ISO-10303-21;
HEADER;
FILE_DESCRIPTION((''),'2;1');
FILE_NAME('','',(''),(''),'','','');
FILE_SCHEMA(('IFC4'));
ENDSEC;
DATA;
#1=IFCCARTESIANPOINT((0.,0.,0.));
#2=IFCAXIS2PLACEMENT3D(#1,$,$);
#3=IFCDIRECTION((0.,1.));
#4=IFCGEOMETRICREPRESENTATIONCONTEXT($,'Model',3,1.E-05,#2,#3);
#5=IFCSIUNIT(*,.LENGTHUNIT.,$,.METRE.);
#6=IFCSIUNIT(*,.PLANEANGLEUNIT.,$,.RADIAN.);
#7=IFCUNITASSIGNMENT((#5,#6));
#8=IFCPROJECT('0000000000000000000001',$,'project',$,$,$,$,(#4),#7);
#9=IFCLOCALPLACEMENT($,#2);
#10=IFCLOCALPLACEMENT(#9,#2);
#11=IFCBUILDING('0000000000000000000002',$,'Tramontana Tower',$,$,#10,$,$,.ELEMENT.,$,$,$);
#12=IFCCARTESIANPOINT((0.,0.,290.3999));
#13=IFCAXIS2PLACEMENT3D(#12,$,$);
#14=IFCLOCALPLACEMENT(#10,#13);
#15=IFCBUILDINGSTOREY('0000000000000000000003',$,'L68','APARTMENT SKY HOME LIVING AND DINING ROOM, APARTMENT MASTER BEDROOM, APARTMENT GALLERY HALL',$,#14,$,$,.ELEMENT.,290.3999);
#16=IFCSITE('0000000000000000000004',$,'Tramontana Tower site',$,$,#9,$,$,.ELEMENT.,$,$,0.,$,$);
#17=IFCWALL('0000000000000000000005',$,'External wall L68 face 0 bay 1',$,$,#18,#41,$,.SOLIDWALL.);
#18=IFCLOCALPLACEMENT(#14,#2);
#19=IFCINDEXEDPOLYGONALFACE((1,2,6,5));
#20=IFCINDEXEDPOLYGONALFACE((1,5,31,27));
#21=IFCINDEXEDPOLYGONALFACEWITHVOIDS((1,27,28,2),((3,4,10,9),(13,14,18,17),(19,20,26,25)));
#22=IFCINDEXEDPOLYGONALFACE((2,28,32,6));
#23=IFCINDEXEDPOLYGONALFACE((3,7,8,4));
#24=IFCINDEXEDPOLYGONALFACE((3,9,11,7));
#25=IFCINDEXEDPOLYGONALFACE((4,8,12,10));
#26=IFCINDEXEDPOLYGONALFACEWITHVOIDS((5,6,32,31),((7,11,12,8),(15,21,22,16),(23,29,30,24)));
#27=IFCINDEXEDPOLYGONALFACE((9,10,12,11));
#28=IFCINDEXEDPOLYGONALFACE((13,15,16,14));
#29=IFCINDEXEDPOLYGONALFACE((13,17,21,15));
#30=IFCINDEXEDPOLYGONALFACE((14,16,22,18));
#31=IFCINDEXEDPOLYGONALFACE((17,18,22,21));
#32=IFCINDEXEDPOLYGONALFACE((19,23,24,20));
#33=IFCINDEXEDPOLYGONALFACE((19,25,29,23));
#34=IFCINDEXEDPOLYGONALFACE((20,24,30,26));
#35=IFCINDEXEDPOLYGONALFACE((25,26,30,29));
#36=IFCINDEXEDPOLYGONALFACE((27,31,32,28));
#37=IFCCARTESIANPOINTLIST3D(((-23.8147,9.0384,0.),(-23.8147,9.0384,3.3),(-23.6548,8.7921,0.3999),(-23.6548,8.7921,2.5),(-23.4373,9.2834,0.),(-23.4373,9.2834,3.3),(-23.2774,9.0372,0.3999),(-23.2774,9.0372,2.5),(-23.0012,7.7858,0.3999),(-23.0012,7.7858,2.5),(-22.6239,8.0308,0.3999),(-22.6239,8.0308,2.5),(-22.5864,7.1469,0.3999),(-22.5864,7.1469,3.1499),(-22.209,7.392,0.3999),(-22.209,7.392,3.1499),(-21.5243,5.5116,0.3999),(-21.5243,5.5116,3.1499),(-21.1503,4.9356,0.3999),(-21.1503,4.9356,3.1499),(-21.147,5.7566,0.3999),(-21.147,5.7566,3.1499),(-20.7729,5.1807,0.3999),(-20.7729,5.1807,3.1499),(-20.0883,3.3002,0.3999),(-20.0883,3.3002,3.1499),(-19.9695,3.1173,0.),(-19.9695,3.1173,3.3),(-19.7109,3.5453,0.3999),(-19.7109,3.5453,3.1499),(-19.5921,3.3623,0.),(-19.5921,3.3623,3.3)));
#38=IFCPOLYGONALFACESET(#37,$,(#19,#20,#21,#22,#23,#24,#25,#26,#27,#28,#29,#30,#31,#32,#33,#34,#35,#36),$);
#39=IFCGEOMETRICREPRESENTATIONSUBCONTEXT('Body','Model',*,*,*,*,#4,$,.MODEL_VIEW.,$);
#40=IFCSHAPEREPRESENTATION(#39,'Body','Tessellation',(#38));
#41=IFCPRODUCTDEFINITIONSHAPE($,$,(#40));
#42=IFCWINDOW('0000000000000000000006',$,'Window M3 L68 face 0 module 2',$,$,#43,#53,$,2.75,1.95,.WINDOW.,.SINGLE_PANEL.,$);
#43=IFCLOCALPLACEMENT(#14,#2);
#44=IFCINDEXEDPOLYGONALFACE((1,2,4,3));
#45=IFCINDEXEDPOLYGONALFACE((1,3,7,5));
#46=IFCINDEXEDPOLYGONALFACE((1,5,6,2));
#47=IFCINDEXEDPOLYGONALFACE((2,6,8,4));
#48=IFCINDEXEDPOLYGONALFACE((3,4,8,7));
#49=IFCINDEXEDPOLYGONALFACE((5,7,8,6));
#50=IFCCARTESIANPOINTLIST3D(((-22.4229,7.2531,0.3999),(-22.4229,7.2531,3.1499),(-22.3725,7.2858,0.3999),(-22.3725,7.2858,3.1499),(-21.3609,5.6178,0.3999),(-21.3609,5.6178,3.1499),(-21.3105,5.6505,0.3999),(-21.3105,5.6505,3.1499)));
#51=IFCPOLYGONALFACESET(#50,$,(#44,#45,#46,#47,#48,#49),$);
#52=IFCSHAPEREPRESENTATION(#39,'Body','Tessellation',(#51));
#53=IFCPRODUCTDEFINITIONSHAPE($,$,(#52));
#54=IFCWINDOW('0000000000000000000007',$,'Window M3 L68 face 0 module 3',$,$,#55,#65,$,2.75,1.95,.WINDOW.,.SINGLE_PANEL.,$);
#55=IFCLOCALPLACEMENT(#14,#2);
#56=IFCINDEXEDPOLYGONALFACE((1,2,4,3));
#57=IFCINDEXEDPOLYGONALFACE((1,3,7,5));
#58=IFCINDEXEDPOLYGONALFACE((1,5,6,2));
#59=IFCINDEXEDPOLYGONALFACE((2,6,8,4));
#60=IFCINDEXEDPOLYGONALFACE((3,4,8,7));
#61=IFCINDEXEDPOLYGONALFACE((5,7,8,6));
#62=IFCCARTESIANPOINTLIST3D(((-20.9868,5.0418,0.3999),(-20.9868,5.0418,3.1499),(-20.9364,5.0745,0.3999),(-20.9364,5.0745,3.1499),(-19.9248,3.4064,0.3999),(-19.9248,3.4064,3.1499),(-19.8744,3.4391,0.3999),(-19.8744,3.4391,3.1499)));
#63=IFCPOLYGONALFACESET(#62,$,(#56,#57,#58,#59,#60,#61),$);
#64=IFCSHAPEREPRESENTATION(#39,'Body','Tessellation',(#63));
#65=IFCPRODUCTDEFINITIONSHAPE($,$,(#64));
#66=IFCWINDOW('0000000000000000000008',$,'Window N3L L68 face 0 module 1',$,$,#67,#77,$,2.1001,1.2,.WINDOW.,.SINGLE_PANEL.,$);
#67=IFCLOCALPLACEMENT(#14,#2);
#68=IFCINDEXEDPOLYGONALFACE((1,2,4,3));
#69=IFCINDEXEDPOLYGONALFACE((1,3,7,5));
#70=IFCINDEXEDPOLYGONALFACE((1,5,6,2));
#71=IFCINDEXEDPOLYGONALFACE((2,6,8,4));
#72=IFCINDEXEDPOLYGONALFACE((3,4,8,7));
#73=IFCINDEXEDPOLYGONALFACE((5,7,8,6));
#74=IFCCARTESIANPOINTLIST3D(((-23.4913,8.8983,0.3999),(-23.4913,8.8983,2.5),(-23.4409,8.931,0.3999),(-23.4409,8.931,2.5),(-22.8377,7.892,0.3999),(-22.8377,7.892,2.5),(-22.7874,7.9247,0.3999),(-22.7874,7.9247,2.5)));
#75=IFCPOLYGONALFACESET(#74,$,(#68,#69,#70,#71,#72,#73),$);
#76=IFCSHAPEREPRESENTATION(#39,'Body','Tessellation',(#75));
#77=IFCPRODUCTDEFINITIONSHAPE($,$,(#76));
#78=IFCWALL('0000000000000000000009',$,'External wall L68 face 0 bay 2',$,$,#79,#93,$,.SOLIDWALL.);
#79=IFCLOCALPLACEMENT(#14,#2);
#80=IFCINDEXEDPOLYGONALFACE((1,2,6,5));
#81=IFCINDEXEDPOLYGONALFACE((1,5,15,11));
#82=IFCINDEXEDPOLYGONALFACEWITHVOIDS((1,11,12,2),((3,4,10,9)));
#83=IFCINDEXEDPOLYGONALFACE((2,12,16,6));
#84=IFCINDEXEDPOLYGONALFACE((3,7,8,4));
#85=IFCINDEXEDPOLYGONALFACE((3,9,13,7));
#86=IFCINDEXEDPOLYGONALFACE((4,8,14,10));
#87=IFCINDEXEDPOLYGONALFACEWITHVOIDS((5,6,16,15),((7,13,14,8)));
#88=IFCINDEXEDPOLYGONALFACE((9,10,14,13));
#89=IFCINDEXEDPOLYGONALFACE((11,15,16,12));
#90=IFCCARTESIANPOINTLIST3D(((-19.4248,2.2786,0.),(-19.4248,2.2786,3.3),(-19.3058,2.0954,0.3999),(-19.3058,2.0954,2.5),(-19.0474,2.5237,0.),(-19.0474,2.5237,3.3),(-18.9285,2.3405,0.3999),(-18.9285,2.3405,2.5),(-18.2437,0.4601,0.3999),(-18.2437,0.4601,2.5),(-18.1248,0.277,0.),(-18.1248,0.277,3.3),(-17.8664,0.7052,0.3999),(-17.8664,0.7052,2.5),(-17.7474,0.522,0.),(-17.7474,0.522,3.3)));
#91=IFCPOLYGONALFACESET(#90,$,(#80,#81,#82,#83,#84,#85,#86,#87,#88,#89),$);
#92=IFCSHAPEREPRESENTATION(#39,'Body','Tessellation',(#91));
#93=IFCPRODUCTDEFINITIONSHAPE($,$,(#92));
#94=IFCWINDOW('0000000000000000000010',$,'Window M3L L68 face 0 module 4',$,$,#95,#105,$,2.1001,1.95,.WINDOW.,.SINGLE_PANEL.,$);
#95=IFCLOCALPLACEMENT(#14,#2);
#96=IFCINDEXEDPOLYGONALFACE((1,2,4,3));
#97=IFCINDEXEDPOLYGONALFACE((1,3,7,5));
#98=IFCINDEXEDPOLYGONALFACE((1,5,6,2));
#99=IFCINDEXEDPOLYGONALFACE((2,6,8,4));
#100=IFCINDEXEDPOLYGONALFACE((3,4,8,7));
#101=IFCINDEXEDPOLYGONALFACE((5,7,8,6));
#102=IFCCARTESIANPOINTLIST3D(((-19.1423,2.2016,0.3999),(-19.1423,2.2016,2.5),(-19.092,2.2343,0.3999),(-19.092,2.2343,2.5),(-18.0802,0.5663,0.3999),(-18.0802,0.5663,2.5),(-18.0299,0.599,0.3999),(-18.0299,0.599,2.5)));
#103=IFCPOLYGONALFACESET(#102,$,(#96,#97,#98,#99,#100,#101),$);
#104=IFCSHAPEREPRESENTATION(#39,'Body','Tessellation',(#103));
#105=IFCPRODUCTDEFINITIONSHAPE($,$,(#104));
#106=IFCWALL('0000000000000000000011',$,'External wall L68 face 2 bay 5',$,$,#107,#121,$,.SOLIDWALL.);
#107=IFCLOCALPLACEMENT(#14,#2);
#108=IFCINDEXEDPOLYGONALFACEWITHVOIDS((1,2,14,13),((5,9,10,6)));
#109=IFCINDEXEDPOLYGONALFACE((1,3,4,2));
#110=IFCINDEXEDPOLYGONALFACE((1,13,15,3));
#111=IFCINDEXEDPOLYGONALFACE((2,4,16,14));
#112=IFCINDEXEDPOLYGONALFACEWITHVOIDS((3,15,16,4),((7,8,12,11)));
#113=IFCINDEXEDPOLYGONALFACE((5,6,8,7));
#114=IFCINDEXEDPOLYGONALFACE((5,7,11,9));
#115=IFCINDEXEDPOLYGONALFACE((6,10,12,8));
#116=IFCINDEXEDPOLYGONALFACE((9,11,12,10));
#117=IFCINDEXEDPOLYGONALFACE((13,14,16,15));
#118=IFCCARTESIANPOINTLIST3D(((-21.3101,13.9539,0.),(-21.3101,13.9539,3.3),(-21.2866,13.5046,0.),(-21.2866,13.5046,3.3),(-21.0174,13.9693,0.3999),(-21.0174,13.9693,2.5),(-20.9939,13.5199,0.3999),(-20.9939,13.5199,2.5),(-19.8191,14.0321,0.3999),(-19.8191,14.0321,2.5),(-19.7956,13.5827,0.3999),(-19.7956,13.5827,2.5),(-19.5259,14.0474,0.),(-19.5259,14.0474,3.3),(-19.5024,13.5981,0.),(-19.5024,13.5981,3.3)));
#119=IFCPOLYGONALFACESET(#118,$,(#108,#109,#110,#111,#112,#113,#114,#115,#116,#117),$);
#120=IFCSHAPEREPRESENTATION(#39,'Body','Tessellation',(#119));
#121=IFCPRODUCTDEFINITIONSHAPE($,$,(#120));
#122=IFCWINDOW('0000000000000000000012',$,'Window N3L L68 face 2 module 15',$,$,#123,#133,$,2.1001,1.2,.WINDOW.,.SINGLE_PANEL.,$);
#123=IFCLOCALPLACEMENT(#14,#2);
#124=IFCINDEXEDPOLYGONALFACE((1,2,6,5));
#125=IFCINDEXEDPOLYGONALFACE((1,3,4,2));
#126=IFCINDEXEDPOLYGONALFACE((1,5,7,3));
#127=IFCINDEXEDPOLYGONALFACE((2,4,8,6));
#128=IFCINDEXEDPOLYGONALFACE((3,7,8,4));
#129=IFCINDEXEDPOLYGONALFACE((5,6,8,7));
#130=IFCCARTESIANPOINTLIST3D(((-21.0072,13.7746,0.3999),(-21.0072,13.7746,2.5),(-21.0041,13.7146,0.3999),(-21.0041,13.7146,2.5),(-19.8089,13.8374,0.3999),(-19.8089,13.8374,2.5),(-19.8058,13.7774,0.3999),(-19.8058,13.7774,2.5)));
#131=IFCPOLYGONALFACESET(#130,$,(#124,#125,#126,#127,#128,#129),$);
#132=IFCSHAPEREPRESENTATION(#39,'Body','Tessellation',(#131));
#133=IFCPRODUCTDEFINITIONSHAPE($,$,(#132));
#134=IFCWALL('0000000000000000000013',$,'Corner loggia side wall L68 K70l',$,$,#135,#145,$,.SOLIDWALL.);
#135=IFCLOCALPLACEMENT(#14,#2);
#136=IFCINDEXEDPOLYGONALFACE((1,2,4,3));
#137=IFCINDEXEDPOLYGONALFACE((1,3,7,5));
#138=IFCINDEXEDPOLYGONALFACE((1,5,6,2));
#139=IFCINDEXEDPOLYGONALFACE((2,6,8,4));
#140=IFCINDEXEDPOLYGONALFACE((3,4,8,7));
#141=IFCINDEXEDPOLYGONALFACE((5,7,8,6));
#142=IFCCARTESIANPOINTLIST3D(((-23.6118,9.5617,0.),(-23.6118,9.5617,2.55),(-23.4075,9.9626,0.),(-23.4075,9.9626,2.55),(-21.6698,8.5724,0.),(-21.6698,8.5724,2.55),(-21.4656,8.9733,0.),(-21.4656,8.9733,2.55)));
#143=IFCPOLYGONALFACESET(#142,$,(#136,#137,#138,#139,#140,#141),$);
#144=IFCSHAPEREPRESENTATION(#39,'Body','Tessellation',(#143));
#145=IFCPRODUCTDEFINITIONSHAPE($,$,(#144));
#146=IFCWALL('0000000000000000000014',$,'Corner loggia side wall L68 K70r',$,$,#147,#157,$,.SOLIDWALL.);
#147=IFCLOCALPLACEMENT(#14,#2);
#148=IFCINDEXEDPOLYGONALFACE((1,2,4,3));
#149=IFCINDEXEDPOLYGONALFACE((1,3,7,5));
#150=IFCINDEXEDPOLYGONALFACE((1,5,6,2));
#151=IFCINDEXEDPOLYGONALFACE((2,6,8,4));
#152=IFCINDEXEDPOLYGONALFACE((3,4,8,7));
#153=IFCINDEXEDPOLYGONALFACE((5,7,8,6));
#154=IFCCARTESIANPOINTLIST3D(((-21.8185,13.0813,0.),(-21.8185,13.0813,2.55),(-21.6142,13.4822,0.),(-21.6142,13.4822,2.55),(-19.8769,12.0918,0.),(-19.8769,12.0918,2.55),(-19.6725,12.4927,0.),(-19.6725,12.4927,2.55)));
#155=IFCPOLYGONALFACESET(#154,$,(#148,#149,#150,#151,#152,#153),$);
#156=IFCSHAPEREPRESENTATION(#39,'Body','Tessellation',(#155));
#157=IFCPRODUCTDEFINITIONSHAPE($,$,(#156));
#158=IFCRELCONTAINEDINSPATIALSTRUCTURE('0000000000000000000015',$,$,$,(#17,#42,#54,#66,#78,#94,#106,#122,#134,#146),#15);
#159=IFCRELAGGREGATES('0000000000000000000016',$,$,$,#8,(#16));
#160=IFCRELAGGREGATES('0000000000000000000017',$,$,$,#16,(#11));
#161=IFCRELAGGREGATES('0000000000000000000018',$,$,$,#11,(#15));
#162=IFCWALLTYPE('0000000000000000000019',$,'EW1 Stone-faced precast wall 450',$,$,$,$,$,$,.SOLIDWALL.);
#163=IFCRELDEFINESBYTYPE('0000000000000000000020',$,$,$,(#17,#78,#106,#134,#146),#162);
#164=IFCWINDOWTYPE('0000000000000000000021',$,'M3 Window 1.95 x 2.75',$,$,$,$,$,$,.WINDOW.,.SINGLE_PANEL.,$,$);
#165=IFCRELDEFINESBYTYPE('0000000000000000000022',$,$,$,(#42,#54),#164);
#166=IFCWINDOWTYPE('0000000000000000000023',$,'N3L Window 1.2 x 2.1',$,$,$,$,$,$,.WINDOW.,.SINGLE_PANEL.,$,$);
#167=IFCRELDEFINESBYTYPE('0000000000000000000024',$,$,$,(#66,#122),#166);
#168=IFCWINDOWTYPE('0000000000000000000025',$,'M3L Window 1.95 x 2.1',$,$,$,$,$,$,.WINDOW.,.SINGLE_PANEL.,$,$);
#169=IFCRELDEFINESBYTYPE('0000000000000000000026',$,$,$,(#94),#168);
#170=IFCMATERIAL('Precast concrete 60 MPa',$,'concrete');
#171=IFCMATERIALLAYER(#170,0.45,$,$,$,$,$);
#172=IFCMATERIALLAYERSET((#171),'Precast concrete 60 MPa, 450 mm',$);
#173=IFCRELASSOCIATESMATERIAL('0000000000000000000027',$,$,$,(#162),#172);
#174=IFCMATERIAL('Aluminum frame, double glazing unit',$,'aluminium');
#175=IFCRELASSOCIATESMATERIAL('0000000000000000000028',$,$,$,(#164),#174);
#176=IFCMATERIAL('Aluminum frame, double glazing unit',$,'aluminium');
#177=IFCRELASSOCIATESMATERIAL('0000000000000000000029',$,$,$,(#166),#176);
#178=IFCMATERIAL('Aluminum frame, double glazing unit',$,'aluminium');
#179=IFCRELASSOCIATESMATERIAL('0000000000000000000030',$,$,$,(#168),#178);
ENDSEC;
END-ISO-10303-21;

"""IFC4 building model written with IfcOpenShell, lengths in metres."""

from ifc_helpers import new_model, si_unit, direction, frame, frame_2d, origin, place, context, subcontext, project, spatial, rectangle, extrude, material, layer, layer_set, type_object, element, fill, save


model = new_model("IFC4")

# Units and contexts
model_context = context("Model", 3, precision=1e-05, world=origin(), true_north=direction((0.0, 1.0)))
body_context = subcontext(model_context, "Body", "Model", "MODEL_VIEW")
ifc_project = project(units=[si_unit("LENGTHUNIT", "METRE"), si_unit("PLANEANGLEUNIT", "RADIAN")], contexts=[model_context])

# Site, building, storey
site_placement = place(None, origin())
site = spatial("IfcSite", under=ifc_project, at=site_placement, Name="Tramontana Tower site", CompositionType="ELEMENT", RefElevation=0.0)
building_placement = place(site_placement, origin())
building = spatial("IfcBuilding", under=site, at=building_placement, Name="Tramontana Tower", CompositionType="ELEMENT")
storey_placement = place(building_placement, frame((0.0, 0.0, 290.3999)))
storey = spatial("IfcBuildingStorey", under=building, at=storey_placement, Name="L68", Description="APARTMENT SKY HOME LIVING AND DINING ROOM, APARTMENT MASTER BEDROOM, APARTMENT GALLERY HALL", CompositionType="ELEMENT", Elevation=290.3999)

# Wall, openings, windows
ifc_material_1 = material(Name="Precast concrete 60 MPa", Category="concrete")
ifc_layer_1 = layer(ifc_material_1, 0.45)
ifc_layer_set_1 = layer_set([ifc_layer_1], Name="Precast concrete 60 MPa, 450 mm")
wall_type_1 = type_object("IfcWallType", Name="EW1 Stone-faced precast wall 450", PredefinedType="SOLIDWALL", material=ifc_layer_set_1)
wall_1_placement = place(storey_placement, frame((-23.626, 9.1609, 0.0), z_axis=(0.0, 0.0, 1.0), x_axis=(0.544637, -0.838672, 0.0)))
wall_1 = element("IfcWall", 1, at=wall_1_placement, inside=storey, type_object=wall_type_1, Name="External wall L68 face 0 bay 1", PredefinedType="SOLIDWALL", context=body_context, shape_type="SweptSolid", body=[
    extrude(rectangle(XDim=7.0601, YDim=0.45, at=frame_2d((3.53, 0.0))), origin(), (0.0, 0.0, 1.0), 3.3),
])
opening_1_placement = place(wall_1_placement, frame((0.2935, 0.0, 0.3999)))
opening_1 = element("IfcOpeningElement", 2, at=opening_1_placement, cuts=wall_1, PredefinedType="OPENING", context=body_context, shape_type="SweptSolid", body=[
    extrude(rectangle(XDim=1.2, YDim=2.1001, at=frame_2d((0.6001, 1.05))), frame((0.0, 0.2349, 0.0), z_axis=(0.0, -1.0, 0.0), x_axis=(1.0, 0.0, 0.0)), (0.0, 0.0, 1.0), 0.47),
])
opening_2_placement = place(wall_1_placement, frame((2.2551, 0.0, 0.3999)))
opening_2 = element("IfcOpeningElement", 3, at=opening_2_placement, cuts=wall_1, PredefinedType="OPENING", context=body_context, shape_type="SweptSolid", body=[
    extrude(rectangle(XDim=1.95, YDim=2.75, at=frame_2d((0.9751, 1.375))), frame((0.0, 0.2349, 0.0), z_axis=(0.0, -1.0, 0.0), x_axis=(1.0, 0.0, 0.0)), (0.0, 0.0, 1.0), 0.47),
])
opening_3_placement = place(wall_1_placement, frame((4.8918, 0.0, 0.3999)))
opening_3 = element("IfcOpeningElement", 4, at=opening_3_placement, cuts=wall_1, PredefinedType="OPENING", context=body_context, shape_type="SweptSolid", body=[
    extrude(rectangle(XDim=1.95, YDim=2.75, at=frame_2d((0.9751, 1.375))), frame((0.0, 0.2349, 0.0), z_axis=(0.0, -1.0, 0.0), x_axis=(1.0, 0.0, 0.0)), (0.0, 0.0, 1.0), 0.47),
])
ifc_material_2 = material(Name="Aluminum frame, double glazing unit", Category="aluminium")
window_type_1 = type_object("IfcWindowType", Name="M3 Window 1.95 x 2.75", PartitioningType="SINGLE_PANEL", PredefinedType="WINDOW", material=ifc_material_2)
window_1_placement = place(opening_2_placement, origin())
window_1 = element("IfcWindow", 5, at=window_1_placement, inside=storey, type_object=window_type_1, Name="Window M3 L68 face 0 module 2", OverallHeight=2.75, OverallWidth=1.95, PartitioningType="SINGLE_PANEL", PredefinedType="WINDOW", context=body_context, shape_type="SweptSolid", body=[
    extrude(rectangle(XDim=1.95, YDim=2.75, at=frame_2d((0.9751, 1.375))), frame((0.0, 0.03, 0.0), z_axis=(0.0, -1.0, 0.0), x_axis=(1.0, 0.0, 0.0)), (0.0, 0.0, 1.0), 0.0601),
])
fill(opening_2, window_1)
window_2_placement = place(opening_3_placement, origin())
window_2 = element("IfcWindow", 6, at=window_2_placement, inside=storey, type_object=window_type_1, Name="Window M3 L68 face 0 module 3", OverallHeight=2.75, OverallWidth=1.95, PartitioningType="SINGLE_PANEL", PredefinedType="WINDOW", context=body_context, shape_type="SweptSolid", body=[
    extrude(rectangle(XDim=1.95, YDim=2.75, at=frame_2d((0.9751, 1.375))), frame((0.0, 0.03, 0.0), z_axis=(0.0, -1.0, 0.0), x_axis=(1.0, 0.0, 0.0)), (0.0, 0.0, 1.0), 0.0601),
])
fill(opening_3, window_2)
ifc_material_3 = material(Name="Aluminum frame, double glazing unit", Category="aluminium")
window_type_2 = type_object("IfcWindowType", Name="N3L Window 1.2 x 2.1", PartitioningType="SINGLE_PANEL", PredefinedType="WINDOW", material=ifc_material_3)
window_3_placement = place(opening_1_placement, origin())
window_3 = element("IfcWindow", 7, at=window_3_placement, inside=storey, type_object=window_type_2, Name="Window N3L L68 face 0 module 1", OverallHeight=2.1001, OverallWidth=1.2, PartitioningType="SINGLE_PANEL", PredefinedType="WINDOW", context=body_context, shape_type="SweptSolid", body=[
    extrude(rectangle(XDim=1.2, YDim=2.1001, at=frame_2d((0.6001, 1.05))), frame((0.0, 0.03, 0.0), z_axis=(0.0, -1.0, 0.0), x_axis=(1.0, 0.0, 0.0)), (0.0, 0.0, 1.0), 0.0601),
])
fill(opening_1, window_3)

# Walls, openings, windows
wall_2_placement = place(storey_placement, frame((-19.2361, 2.4011, 0.0), z_axis=(0.0, 0.0, 1.0), x_axis=(0.544676, -0.838647, 0.0)))
wall_2 = element("IfcWall", 8, at=wall_2_placement, inside=storey, type_object=wall_type_1, Name="External wall L68 face 0 bay 2", PredefinedType="SOLIDWALL", context=body_context, shape_type="SweptSolid", body=[
    extrude(rectangle(XDim=2.3867, YDim=0.45, at=frame_2d((1.1934, 0.0))), origin(), (0.0, 0.0, 1.0), 3.3),
])
opening_4_placement = place(wall_2_placement, frame((0.2183, 0.0, 0.3999)))
opening_4 = element("IfcOpeningElement", 9, at=opening_4_placement, cuts=wall_2, PredefinedType="OPENING", context=body_context, shape_type="SweptSolid", body=[
    extrude(rectangle(XDim=1.95, YDim=2.1001, at=frame_2d((0.9751, 1.05))), frame((0.0, 0.2349, 0.0), z_axis=(0.0, -1.0, 0.0), x_axis=(1.0, 0.0, 0.0)), (0.0, 0.0, 1.0), 0.47),
])
ifc_material_4 = material(Name="Aluminum frame, double glazing unit", Category="aluminium")
window_type_3 = type_object("IfcWindowType", Name="M3L Window 1.95 x 2.1", PartitioningType="SINGLE_PANEL", PredefinedType="WINDOW", material=ifc_material_4)
window_4_placement = place(opening_4_placement, origin())
window_4 = element("IfcWindow", 10, at=window_4_placement, inside=storey, type_object=window_type_3, Name="Window M3L L68 face 0 module 4", OverallHeight=2.1001, OverallWidth=1.95, PartitioningType="SINGLE_PANEL", PredefinedType="WINDOW", context=body_context, shape_type="SweptSolid", body=[
    extrude(rectangle(XDim=1.95, YDim=2.1001, at=frame_2d((0.9751, 1.05))), frame((0.0, 0.03, 0.0), z_axis=(0.0, -1.0, 0.0), x_axis=(1.0, 0.0, 0.0)), (0.0, 0.0, 1.0), 0.0601),
])
fill(opening_4, window_4)
wall_3_placement = place(storey_placement, frame((-19.5142, 13.8228, 0.0), z_axis=(0.0, 0.0, 1.0), x_axis=(-0.99863, -0.052336, 0.0)))
wall_3 = element("IfcWall", 11, at=wall_3_placement, inside=storey, type_object=wall_type_1, Name="External wall L68 face 2 bay 5", PredefinedType="SOLIDWALL", context=body_context, shape_type="SweptSolid", body=[
    extrude(rectangle(XDim=1.7866, YDim=0.45, at=frame_2d((0.8933, 0.0))), origin(), (0.0, 0.0, 1.0), 3.3),
])
opening_5_placement = place(wall_3_placement, frame((0.2935, 0.0, 0.3999)))
opening_5 = element("IfcOpeningElement", 12, at=opening_5_placement, cuts=wall_3, PredefinedType="OPENING", context=body_context, shape_type="SweptSolid", body=[
    extrude(rectangle(XDim=1.2, YDim=2.1001, at=frame_2d((0.6001, 1.05))), frame((0.0, 0.2349, 0.0), z_axis=(0.0, -1.0, 0.0), x_axis=(1.0, 0.0, 0.0)), (0.0, 0.0, 1.0), 0.47),
])
window_5_placement = place(opening_5_placement, origin())
window_5 = element("IfcWindow", 13, at=window_5_placement, inside=storey, type_object=window_type_2, Name="Window N3L L68 face 2 module 15", OverallHeight=2.1001, OverallWidth=1.2, PartitioningType="SINGLE_PANEL", PredefinedType="WINDOW", context=body_context, shape_type="SweptSolid", body=[
    extrude(rectangle(XDim=1.2, YDim=2.1001, at=frame_2d((0.6001, 1.05))), frame((0.0, 0.03, 0.0), z_axis=(0.0, -1.0, 0.0), x_axis=(1.0, 0.0, 0.0)), (0.0, 0.0, 1.0), 0.0601),
])
fill(opening_5, window_5)

# Walls
wall_4_placement = place(storey_placement, frame((-23.5098, 9.7622, 0.0), z_axis=(0.0, 0.0, 1.0), x_axis=(0.891041, -0.453922, 0.0)))
element("IfcWall", 14, at=wall_4_placement, inside=storey, type_object=wall_type_1, Name="Corner loggia side wall L68 K70l", PredefinedType="SOLIDWALL", context=body_context, shape_type="SweptSolid", body=[
    extrude(rectangle(XDim=2.1794, YDim=0.45, at=frame_2d((1.0898, 0.0))), origin(), (0.0, 0.0, 1.0), 2.55),
])
wall_5_placement = place(storey_placement, frame((-21.7163, 13.2817, 0.0), z_axis=(0.0, 0.0, 1.0), x_axis=(0.890973, -0.454057, 0.0)))
element("IfcWall", 15, at=wall_5_placement, inside=storey, type_object=wall_type_1, Name="Corner loggia side wall L68 K70r", PredefinedType="SOLIDWALL", context=body_context, shape_type="SweptSolid", body=[
    extrude(rectangle(XDim=2.1792, YDim=0.45, at=frame_2d((1.0896, 0.0))), origin(), (0.0, 0.0, 1.0), 2.55),
])

save(model, "model.ifc")
